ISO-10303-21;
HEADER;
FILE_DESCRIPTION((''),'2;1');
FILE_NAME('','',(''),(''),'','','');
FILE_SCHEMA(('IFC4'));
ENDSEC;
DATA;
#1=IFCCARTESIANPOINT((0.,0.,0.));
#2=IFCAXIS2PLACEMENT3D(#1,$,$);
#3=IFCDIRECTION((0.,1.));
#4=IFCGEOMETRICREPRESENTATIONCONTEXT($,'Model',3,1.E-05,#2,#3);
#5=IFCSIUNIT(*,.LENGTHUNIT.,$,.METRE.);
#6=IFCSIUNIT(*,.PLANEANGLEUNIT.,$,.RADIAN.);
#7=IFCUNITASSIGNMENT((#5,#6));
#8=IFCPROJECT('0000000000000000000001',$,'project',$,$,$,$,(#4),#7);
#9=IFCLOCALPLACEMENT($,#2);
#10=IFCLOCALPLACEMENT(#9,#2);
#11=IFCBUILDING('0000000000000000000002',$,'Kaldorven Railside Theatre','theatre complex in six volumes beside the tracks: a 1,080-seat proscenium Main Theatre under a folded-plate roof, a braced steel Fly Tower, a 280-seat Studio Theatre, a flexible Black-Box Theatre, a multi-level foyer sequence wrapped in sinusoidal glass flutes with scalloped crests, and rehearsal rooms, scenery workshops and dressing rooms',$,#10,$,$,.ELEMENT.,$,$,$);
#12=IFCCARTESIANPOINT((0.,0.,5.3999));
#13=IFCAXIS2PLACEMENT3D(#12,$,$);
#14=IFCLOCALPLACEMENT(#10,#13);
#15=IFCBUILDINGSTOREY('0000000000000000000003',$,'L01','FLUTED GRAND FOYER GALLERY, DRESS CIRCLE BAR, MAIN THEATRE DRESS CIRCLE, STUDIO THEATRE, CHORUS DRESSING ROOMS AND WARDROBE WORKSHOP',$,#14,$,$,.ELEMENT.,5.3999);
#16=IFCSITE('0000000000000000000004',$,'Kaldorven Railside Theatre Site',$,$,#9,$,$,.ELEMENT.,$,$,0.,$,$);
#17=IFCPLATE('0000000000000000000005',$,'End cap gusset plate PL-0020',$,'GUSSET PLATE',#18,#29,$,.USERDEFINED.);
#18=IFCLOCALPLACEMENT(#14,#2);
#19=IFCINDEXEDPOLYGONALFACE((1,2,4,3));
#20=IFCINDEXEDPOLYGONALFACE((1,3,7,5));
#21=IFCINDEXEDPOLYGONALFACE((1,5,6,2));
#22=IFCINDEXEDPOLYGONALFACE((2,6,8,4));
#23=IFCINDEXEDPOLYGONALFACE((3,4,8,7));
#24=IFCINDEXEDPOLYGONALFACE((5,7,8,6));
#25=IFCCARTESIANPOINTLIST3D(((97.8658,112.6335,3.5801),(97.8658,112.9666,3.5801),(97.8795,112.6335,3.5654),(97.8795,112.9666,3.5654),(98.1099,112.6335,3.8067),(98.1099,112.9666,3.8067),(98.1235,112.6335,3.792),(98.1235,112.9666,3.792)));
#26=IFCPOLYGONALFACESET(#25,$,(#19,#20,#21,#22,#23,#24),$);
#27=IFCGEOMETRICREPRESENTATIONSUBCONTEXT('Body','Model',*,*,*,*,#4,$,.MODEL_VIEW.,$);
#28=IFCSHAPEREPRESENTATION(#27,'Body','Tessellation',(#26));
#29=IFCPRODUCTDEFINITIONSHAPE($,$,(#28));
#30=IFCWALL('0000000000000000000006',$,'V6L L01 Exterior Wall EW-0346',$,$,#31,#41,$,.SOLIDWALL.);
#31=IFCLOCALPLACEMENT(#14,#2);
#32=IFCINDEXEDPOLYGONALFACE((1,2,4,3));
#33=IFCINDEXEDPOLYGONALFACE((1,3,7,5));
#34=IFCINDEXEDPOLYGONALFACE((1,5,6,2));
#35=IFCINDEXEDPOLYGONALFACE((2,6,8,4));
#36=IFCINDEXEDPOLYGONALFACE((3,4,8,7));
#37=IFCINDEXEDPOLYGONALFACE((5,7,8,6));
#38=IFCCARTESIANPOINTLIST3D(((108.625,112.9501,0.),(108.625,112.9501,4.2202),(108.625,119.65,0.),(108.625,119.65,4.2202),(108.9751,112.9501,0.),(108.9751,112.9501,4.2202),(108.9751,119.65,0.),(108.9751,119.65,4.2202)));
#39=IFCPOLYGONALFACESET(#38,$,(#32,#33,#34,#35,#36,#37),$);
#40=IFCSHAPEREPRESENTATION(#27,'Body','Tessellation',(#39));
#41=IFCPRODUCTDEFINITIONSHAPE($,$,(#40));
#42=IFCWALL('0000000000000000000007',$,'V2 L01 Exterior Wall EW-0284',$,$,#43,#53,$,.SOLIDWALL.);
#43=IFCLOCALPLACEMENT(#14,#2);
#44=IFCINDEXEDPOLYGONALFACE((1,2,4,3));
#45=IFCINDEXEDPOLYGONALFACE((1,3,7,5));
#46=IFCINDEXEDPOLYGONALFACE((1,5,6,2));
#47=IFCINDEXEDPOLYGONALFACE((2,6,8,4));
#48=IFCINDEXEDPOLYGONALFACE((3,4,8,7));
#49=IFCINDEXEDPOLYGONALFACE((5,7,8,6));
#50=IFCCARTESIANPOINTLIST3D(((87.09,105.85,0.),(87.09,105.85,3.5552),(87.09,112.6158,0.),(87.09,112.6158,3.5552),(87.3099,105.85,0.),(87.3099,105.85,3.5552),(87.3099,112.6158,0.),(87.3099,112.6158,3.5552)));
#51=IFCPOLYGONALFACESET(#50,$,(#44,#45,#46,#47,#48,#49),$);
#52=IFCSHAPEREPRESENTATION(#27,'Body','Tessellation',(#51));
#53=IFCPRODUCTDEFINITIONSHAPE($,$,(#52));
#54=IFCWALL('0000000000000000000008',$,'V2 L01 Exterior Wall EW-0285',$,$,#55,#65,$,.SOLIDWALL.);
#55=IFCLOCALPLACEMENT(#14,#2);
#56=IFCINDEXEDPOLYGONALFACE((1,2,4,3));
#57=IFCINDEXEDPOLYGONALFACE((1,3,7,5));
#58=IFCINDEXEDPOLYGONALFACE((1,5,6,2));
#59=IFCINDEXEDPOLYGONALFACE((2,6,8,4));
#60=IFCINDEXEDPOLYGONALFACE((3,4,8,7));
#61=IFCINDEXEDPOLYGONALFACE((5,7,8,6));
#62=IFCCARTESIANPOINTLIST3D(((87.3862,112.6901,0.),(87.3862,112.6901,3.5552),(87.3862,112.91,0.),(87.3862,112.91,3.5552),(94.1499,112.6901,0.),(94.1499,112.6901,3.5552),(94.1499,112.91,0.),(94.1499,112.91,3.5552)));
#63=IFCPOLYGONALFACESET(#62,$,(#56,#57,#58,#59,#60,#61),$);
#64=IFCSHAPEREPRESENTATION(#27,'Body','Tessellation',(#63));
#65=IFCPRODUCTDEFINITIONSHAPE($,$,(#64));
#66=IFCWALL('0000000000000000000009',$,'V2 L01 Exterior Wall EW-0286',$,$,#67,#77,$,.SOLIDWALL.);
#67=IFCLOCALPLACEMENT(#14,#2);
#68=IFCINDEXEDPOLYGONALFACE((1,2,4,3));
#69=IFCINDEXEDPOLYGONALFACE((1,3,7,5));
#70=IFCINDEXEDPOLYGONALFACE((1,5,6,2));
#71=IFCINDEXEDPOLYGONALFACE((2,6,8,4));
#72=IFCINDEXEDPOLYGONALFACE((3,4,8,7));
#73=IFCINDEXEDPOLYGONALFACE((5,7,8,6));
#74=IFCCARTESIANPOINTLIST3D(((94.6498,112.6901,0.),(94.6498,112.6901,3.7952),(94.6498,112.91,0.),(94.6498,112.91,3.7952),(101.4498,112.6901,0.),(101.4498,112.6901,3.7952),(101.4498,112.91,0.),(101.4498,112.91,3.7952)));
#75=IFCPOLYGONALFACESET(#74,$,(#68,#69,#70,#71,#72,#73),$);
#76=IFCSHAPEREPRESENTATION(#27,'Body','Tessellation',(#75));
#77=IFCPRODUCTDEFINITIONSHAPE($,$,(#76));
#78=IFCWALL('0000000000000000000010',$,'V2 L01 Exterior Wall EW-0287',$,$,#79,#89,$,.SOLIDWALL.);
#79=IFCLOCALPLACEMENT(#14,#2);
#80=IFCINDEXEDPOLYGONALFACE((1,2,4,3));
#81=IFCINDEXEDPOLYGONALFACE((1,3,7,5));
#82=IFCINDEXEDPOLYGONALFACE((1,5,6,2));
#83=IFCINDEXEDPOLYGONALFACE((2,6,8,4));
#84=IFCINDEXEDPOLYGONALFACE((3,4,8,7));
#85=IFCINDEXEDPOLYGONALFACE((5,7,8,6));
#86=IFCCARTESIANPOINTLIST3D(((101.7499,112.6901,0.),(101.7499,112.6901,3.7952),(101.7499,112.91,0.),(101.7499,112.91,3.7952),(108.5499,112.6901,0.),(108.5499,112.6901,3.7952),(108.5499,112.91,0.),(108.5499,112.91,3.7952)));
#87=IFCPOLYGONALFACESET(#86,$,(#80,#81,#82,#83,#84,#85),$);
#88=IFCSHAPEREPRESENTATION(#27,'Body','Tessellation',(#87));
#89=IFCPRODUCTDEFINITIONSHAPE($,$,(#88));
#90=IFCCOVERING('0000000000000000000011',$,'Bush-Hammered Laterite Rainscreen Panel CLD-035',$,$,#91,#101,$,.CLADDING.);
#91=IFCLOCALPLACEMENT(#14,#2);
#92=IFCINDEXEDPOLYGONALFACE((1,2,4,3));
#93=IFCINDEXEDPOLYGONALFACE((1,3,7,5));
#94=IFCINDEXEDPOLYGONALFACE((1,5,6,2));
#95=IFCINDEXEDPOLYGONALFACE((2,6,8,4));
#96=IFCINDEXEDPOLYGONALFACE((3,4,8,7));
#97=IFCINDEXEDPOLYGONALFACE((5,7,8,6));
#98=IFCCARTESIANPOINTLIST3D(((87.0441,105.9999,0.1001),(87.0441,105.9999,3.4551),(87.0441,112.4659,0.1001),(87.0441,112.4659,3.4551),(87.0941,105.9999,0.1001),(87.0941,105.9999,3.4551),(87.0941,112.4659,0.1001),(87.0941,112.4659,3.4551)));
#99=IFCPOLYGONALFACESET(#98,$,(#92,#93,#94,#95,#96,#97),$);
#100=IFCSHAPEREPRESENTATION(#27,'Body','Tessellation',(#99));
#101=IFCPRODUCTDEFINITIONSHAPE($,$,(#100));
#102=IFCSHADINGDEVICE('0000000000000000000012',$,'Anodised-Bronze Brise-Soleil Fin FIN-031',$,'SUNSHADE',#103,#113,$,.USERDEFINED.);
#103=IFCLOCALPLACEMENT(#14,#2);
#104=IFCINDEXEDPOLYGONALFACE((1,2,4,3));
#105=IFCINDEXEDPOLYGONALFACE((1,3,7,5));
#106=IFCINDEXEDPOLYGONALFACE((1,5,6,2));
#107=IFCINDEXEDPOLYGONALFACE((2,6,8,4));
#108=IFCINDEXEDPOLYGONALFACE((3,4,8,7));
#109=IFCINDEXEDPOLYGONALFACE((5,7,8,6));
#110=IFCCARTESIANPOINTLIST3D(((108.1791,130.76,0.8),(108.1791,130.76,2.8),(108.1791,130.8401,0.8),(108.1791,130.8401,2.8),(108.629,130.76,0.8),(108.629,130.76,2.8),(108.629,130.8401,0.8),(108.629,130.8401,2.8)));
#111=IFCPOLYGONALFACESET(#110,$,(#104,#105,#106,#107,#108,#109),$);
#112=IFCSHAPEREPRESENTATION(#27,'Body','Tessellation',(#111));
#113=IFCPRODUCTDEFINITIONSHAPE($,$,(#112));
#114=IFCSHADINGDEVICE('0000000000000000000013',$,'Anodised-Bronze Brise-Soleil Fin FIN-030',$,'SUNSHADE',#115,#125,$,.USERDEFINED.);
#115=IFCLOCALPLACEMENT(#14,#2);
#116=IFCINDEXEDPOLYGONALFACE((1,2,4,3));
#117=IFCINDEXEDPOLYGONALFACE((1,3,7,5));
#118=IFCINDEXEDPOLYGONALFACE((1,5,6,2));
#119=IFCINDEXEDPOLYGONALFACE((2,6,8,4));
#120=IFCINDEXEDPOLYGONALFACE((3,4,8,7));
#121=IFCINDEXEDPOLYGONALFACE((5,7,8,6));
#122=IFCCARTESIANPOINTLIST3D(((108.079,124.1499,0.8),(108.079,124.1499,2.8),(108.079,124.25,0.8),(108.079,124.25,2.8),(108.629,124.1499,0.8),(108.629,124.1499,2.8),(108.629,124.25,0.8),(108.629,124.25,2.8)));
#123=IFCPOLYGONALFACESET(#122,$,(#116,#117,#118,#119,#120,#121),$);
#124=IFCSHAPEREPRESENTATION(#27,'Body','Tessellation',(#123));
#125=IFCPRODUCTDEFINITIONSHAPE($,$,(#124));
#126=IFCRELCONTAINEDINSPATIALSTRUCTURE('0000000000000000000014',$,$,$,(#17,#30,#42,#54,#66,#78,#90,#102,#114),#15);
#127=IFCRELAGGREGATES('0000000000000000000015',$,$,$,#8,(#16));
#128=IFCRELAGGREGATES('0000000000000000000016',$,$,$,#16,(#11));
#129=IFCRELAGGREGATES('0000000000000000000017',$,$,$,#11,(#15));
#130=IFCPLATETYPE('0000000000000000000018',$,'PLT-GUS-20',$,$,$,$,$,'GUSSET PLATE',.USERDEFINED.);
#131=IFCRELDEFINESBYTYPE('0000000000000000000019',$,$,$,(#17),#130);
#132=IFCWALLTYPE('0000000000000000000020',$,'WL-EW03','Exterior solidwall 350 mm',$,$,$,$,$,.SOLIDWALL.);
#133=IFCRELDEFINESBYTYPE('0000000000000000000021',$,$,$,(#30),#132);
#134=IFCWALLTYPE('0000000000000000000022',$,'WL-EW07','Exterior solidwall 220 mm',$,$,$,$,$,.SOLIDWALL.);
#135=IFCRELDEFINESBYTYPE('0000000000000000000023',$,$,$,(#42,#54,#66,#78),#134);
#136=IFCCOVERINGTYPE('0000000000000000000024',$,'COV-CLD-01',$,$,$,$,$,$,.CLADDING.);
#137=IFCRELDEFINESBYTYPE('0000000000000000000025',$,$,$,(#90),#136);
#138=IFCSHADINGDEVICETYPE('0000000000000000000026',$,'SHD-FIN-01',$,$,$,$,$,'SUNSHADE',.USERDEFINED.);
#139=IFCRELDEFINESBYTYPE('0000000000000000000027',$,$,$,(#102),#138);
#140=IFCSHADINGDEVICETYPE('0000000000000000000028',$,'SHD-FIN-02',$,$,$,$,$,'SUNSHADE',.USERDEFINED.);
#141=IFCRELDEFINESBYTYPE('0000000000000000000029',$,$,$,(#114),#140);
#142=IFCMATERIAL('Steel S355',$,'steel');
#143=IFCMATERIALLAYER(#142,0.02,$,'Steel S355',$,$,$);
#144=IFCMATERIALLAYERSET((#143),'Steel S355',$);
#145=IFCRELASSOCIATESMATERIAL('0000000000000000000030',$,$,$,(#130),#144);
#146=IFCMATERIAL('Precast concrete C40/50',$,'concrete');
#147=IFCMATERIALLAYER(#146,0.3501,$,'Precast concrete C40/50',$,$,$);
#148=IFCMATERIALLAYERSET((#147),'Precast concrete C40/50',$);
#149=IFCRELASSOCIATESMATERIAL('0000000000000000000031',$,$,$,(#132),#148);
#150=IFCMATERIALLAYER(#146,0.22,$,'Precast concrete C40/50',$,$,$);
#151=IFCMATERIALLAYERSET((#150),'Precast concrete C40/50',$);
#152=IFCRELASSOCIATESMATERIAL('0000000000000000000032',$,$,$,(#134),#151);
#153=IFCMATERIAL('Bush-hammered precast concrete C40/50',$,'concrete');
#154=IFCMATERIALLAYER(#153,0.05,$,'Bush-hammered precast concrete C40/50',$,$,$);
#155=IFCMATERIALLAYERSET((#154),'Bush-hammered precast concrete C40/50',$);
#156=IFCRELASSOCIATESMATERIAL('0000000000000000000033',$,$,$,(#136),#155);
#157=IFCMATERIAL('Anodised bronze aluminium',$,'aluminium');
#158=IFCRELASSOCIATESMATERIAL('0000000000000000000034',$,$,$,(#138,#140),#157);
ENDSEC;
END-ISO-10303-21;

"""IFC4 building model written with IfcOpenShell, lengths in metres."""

from ifc_helpers import new_model, si_unit, direction, frame, frame_2d, origin, origin_2d, place, context, subcontext, project, spatial, rectangle, extrude, material, layer, layer_set, type_object, element, save


model = new_model("IFC4")

# Units and contexts
model_context = context("Model", 3, precision=1e-05, world=origin(), true_north=direction((0.0, 1.0)))
body_context = subcontext(model_context, "Body", "Model", "MODEL_VIEW")
ifc_project = project(units=[si_unit("LENGTHUNIT", "METRE"), si_unit("PLANEANGLEUNIT", "RADIAN")], contexts=[model_context])

# Site, building, storey
site_placement = place(None, origin())
site = spatial("IfcSite", under=ifc_project, at=site_placement, Name="Kaldorven Railside Theatre Site", CompositionType="ELEMENT", RefElevation=0.0)
building_placement = place(site_placement, origin())
building = spatial("IfcBuilding", under=site, at=building_placement, Name="Kaldorven Railside Theatre", Description="theatre complex in six volumes beside the tracks: a 1,080-seat proscenium Main Theatre under a folded-plate roof, a braced steel Fly Tower, a 280-seat Studio Theatre, a flexible Black-Box Theatre, a multi-level foyer sequence wrapped in sinusoidal glass flutes with scalloped crests, and rehearsal rooms, scenery workshops and dressing rooms", CompositionType="ELEMENT")
storey_placement = place(building_placement, frame((0.0, 0.0, 5.3999)))
storey = spatial("IfcBuildingStorey", under=building, at=storey_placement, Name="L01", Description="FLUTED GRAND FOYER GALLERY, DRESS CIRCLE BAR, MAIN THEATRE DRESS CIRCLE, STUDIO THEATRE, CHORUS DRESSING ROOMS AND WARDROBE WORKSHOP", CompositionType="ELEMENT", Elevation=5.3999)

# Shared definitions
ifc_material_1 = material(Name="Steel S355", Category="steel")

# Plate
ifc_layer_1 = layer(ifc_material_1, 0.02, Name="Steel S355")
ifc_layer_set_1 = layer_set([ifc_layer_1], Name="Steel S355")
plate_type_1 = type_object("IfcPlateType", Name="PLT-GUS-20", ElementType="GUSSET PLATE", PredefinedType="USERDEFINED", material=ifc_layer_set_1)
for number, where, z_axis, x_axis, name in (
    (1, (98.0015, 112.8, 3.6787), (-0.680465, 0.0, 0.73278), (0.0, -1.0, 0.0), "End cap gusset plate PL-0020"),
):
    element("IfcPlate", number, at=place(storey_placement, frame(where, z_axis=z_axis, x_axis=x_axis)), inside=storey, type_object=plate_type_1, Name=name, ObjectType="GUSSET PLATE", PredefinedType="USERDEFINED", context=body_context, shape_type="SweptSolid", body=[
        extrude(rectangle(XDim=0.333, YDim=0.333, at=origin_2d()), origin(), (0.0, 0.0, 1.0), 0.02),
    ])

# Walls
ifc_material_2 = material(Name="Precast concrete C40/50", Category="concrete")
ifc_layer_2 = layer(ifc_material_2, 0.3501, Name="Precast concrete C40/50")
ifc_layer_set_2 = layer_set([ifc_layer_2], Name="Precast concrete C40/50")
wall_type_1 = type_object("IfcWallType", Name="WL-EW03", Description="Exterior solidwall 350 mm", PredefinedType="SOLIDWALL", material=ifc_layer_set_2)
wall_1_placement = place(storey_placement, frame((108.8, 112.95, 0.0), z_axis=(0.0, 0.0, 1.0), x_axis=(0.0, 1.0, 0.0)))
element("IfcWall", 2, at=wall_1_placement, inside=storey, type_object=wall_type_1, Name="V6L L01 Exterior Wall EW-0346", PredefinedType="SOLIDWALL", context=body_context, shape_type="SweptSolid", body=[
    extrude(rectangle(XDim=6.7, YDim=0.3501, at=frame_2d((3.3501, 0.0))), origin(), (0.0, 0.0, 1.0), 4.2202),
])
ifc_layer_3 = layer(ifc_material_2, 0.22, Name="Precast concrete C40/50")
ifc_layer_set_3 = layer_set([ifc_layer_3], Name="Precast concrete C40/50")
wall_type_2 = type_object("IfcWallType", Name="WL-EW07", Description="Exterior solidwall 220 mm", PredefinedType="SOLIDWALL", material=ifc_layer_set_3)
wall_2_placement = place(storey_placement, frame((87.2, 105.8501, 0.0), z_axis=(0.0, 0.0, 1.0), x_axis=(0.0, 1.0, 0.0)))
element("IfcWall", 3, at=wall_2_placement, inside=storey, type_object=wall_type_2, Name="V2 L01 Exterior Wall EW-0284", PredefinedType="SOLIDWALL", context=body_context, shape_type="SweptSolid", body=[
    extrude(rectangle(XDim=6.7659, YDim=0.22, at=frame_2d((3.3828, 0.0))), origin(), (0.0, 0.0, 1.0), 3.5552),
])
wall_3_placement = place(storey_placement, frame((87.3862, 112.8, 0.0), z_axis=(0.0, 0.0, 1.0), x_axis=(1.0, 0.0, 0.0)))
element("IfcWall", 4, at=wall_3_placement, inside=storey, type_object=wall_type_2, Name="V2 L01 Exterior Wall EW-0285", PredefinedType="SOLIDWALL", context=body_context, shape_type="SweptSolid", body=[
    extrude(rectangle(XDim=6.7637, YDim=0.22, at=frame_2d((3.3818, 0.0))), origin(), (0.0, 0.0, 1.0), 3.5552),
])
for number, where, z_axis, x_axis, name in (
    (5, (94.6499, 112.8, 0.0), (0.0, 0.0, 1.0), (1.0, 0.0, 0.0), "V2 L01 Exterior Wall EW-0286"),
    (6, (101.75, 112.8, 0.0), (0.0, 0.0, 1.0), (1.0, 0.0, 0.0), "V2 L01 Exterior Wall EW-0287"),
):
    element("IfcWall", number, at=place(storey_placement, frame(where, z_axis=z_axis, x_axis=x_axis)), inside=storey, type_object=wall_type_2, Name=name, PredefinedType="SOLIDWALL", context=body_context, shape_type="SweptSolid", body=[
        extrude(rectangle(XDim=6.8, YDim=0.22, at=frame_2d((3.3999, 0.0))), origin(), (0.0, 0.0, 1.0), 3.7952),
    ])

# Covering
ifc_material_3 = material(Name="Bush-hammered precast concrete C40/50", Category="concrete")
ifc_layer_4 = layer(ifc_material_3, 0.05, Name="Bush-hammered precast concrete C40/50")
ifc_layer_set_4 = layer_set([ifc_layer_4], Name="Bush-hammered precast concrete C40/50")
covering_type = type_object("IfcCoveringType", Name="COV-CLD-01", PredefinedType="CLADDING", material=ifc_layer_set_4)
covering_placement = place(storey_placement, frame((87.0691, 109.2329, 0.1001), z_axis=(0.0, 0.0, 1.0), x_axis=(0.0, 1.0, 0.0)))
element("IfcCovering", 7, at=covering_placement, inside=storey, type_object=covering_type, Name="Bush-Hammered Laterite Rainscreen Panel CLD-035", PredefinedType="CLADDING", context=body_context, shape_type="SweptSolid", body=[
    extrude(rectangle(XDim=6.4661, YDim=0.05, at=origin_2d()), origin(), (0.0, 0.0, 1.0), 3.355),
])

# Shared definitions
ifc_material_4 = material(Name="Anodised bronze aluminium", Category="aluminium")

# Shading devices
shading_device_type_1 = type_object("IfcShadingDeviceType", Name="SHD-FIN-01", ElementType="SUNSHADE", PredefinedType="USERDEFINED", material=ifc_material_4)
shading_device_1_placement = place(storey_placement, frame((108.4041, 130.8, 0.8), z_axis=(0.0, 0.0, 1.0), x_axis=(0.0, 1.0, 0.0)))
element("IfcShadingDevice", 8, at=shading_device_1_placement, inside=storey, type_object=shading_device_type_1, Name="Anodised-Bronze Brise-Soleil Fin FIN-031", ObjectType="SUNSHADE", PredefinedType="USERDEFINED", context=body_context, shape_type="SweptSolid", body=[
    extrude(rectangle(XDim=0.0801, YDim=0.45, at=origin_2d()), origin(), (0.0, 0.0, 1.0), 2.0),
])
shading_device_type_2 = type_object("IfcShadingDeviceType", Name="SHD-FIN-02", ElementType="SUNSHADE", PredefinedType="USERDEFINED", material=ifc_material_4)
shading_device_2_placement = place(storey_placement, frame((108.354, 124.2, 0.8), z_axis=(0.0, 0.0, 1.0), x_axis=(0.0, 1.0, 0.0)))
element("IfcShadingDevice", 9, at=shading_device_2_placement, inside=storey, type_object=shading_device_type_2, Name="Anodised-Bronze Brise-Soleil Fin FIN-030", ObjectType="SUNSHADE", PredefinedType="USERDEFINED", context=body_context, shape_type="SweptSolid", body=[
    extrude(rectangle(XDim=0.1001, YDim=0.55, at=origin_2d()), origin(), (0.0, 0.0, 1.0), 2.0),
])

save(model, "model.ifc")
